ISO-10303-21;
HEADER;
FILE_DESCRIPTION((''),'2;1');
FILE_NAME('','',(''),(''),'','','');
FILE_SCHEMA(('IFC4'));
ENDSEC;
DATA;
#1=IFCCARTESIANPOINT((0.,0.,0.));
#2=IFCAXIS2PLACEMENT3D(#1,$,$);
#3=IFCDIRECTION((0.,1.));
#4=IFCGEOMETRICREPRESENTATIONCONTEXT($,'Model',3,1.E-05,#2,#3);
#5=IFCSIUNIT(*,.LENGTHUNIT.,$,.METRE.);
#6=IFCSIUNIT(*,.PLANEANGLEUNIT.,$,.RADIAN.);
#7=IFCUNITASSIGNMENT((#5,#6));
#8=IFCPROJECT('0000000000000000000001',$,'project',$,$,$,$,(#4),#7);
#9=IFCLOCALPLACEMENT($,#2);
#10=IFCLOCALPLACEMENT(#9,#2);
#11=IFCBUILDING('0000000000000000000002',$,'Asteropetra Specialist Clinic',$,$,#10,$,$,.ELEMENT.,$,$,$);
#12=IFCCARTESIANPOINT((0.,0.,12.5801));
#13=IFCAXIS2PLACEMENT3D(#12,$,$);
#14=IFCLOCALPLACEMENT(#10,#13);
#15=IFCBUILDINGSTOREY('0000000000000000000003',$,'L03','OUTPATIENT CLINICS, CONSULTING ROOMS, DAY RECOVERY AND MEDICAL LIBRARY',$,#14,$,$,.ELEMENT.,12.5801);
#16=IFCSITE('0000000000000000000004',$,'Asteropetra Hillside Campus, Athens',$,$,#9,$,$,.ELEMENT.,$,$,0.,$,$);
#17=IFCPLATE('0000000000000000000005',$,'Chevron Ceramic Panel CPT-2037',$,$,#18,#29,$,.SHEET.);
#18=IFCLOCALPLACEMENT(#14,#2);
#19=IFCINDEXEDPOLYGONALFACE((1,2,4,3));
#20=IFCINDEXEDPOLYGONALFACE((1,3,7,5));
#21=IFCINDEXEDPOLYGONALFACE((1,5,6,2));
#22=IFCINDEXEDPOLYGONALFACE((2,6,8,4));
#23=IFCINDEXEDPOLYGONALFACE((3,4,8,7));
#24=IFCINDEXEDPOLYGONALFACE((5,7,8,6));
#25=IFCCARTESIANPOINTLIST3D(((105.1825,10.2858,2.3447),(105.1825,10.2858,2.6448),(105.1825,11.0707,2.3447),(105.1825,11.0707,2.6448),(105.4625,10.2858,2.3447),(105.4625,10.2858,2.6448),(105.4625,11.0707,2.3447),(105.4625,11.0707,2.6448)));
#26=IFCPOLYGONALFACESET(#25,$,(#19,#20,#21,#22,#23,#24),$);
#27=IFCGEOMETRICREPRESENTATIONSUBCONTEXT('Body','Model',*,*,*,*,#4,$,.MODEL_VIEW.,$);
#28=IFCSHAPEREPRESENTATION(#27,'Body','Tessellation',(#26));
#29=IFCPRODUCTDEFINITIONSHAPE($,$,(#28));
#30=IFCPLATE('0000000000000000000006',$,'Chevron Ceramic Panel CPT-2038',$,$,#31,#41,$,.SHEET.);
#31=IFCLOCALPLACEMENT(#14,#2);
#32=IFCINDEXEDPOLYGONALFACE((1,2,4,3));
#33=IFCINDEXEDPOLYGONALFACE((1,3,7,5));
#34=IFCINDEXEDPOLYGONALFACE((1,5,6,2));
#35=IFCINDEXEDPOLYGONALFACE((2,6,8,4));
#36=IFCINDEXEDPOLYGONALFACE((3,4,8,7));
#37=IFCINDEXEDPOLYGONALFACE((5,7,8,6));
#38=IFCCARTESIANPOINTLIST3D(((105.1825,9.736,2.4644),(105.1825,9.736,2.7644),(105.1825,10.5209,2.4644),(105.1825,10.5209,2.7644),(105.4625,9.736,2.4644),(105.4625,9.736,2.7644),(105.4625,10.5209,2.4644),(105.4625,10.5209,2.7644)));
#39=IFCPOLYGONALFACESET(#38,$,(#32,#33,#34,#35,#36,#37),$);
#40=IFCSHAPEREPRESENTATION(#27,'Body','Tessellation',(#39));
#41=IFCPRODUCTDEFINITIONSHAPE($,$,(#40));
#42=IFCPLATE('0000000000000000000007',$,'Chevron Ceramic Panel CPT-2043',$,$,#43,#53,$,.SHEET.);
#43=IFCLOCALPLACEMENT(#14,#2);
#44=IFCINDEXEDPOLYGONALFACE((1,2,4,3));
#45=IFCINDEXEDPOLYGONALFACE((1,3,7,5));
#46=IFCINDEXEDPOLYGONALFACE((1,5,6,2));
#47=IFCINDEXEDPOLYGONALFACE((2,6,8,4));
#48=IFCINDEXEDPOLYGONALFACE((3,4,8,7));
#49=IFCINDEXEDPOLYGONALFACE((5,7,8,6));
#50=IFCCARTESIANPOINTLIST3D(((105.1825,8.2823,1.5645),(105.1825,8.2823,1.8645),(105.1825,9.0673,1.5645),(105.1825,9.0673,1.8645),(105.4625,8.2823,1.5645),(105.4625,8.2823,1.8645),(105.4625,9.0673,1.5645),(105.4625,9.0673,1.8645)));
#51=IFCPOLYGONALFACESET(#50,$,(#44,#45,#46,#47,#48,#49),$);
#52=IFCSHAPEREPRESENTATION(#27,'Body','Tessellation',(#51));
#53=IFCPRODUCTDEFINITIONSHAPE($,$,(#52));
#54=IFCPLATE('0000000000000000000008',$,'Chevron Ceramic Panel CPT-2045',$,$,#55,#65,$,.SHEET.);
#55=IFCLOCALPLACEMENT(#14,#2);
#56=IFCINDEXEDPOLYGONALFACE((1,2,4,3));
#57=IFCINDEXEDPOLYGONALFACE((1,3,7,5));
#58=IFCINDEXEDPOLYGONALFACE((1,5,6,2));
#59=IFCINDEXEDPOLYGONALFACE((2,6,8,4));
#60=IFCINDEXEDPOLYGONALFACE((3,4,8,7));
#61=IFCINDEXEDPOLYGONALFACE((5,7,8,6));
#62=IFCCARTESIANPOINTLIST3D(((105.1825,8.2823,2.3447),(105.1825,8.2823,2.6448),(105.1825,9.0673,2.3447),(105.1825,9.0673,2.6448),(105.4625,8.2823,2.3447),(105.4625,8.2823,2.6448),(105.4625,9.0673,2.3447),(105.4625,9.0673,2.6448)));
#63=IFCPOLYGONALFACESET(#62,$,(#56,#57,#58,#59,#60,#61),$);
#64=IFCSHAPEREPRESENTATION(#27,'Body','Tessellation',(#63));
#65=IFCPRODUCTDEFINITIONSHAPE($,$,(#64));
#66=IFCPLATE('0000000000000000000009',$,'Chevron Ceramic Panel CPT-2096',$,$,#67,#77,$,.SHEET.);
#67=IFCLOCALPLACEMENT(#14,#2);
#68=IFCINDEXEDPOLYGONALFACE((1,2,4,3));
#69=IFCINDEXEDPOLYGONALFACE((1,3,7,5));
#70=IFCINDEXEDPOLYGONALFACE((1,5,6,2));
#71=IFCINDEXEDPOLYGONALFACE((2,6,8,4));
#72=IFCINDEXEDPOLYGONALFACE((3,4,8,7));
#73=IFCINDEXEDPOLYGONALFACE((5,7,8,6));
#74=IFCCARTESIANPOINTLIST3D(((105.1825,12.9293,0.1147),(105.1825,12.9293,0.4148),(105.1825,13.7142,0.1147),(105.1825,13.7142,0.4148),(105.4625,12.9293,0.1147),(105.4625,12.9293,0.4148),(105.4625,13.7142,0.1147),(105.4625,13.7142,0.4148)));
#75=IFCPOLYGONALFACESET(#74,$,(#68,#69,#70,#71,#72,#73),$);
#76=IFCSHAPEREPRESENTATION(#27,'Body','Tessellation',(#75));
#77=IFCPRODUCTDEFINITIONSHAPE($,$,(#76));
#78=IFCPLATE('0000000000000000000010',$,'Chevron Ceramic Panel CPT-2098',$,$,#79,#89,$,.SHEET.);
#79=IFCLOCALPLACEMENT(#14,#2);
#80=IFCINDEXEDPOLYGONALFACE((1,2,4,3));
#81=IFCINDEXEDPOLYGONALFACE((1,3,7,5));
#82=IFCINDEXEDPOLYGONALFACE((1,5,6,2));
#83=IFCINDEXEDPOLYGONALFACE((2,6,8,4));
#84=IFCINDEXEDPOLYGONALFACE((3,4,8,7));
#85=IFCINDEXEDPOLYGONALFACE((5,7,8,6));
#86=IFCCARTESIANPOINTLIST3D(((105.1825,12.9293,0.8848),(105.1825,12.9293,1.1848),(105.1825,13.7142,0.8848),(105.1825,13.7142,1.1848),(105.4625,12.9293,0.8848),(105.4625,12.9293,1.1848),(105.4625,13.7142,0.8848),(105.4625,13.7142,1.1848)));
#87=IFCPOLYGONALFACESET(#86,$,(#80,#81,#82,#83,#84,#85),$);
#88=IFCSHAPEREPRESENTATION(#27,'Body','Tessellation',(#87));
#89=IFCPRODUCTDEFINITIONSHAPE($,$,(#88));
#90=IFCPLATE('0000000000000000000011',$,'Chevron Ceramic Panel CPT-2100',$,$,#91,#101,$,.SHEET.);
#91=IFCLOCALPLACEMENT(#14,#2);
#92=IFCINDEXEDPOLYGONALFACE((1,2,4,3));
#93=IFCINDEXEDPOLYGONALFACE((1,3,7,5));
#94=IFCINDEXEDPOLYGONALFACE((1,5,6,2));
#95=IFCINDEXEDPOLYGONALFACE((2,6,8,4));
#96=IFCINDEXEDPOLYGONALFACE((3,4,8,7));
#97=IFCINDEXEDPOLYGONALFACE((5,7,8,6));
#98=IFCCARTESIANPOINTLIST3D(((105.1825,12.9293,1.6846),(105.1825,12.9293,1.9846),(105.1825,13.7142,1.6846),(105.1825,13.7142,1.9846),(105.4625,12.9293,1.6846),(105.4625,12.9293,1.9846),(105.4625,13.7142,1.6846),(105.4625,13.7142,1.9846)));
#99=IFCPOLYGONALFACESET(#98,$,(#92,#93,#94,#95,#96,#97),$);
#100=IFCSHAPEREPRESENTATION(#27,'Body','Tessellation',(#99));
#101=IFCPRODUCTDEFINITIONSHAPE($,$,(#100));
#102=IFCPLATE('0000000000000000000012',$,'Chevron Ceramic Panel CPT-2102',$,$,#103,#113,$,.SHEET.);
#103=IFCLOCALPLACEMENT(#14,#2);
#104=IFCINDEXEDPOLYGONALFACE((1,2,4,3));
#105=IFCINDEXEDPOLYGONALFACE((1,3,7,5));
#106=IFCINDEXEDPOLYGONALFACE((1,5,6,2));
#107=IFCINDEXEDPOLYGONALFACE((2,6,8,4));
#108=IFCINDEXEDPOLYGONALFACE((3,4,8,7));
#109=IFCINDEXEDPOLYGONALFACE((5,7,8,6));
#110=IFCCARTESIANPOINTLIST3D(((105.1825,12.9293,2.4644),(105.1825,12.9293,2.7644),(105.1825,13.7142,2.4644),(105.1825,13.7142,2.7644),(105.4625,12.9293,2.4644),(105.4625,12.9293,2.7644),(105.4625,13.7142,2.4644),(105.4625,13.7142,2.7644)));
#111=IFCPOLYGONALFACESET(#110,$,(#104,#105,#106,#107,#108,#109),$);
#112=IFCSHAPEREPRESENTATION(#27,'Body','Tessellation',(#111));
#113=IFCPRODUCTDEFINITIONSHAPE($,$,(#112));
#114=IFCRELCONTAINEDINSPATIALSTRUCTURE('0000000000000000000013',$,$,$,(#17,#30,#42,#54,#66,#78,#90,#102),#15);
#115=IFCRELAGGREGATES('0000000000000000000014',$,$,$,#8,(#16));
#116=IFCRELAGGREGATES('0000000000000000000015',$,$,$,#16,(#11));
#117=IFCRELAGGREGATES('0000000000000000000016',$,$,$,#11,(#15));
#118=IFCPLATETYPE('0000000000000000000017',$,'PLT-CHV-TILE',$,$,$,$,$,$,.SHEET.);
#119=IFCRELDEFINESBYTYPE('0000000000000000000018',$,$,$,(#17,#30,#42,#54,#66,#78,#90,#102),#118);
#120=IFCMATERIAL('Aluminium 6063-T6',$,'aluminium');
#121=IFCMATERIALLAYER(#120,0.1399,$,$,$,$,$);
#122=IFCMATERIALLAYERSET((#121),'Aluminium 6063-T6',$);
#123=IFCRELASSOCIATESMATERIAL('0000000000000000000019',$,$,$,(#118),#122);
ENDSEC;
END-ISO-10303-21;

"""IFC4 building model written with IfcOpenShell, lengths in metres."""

from ifc_helpers import new_model, si_unit, direction, frame, origin, origin_2d, place, context, subcontext, project, spatial, rectangle, extrude, material, layer, layer_set, type_object, element, save


model = new_model("IFC4")

# Units and contexts
model_context = context("Model", 3, precision=1e-05, world=origin(), true_north=direction((0.0, 1.0)))
body_context = subcontext(model_context, "Body", "Model", "MODEL_VIEW")
ifc_project = project(units=[si_unit("LENGTHUNIT", "METRE"), si_unit("PLANEANGLEUNIT", "RADIAN")], contexts=[model_context])

# Site, building, storey
site_placement = place(None, origin())
site = spatial("IfcSite", under=ifc_project, at=site_placement, Name="Asteropetra Hillside Campus, Athens", CompositionType="ELEMENT", RefElevation=0.0)
building_placement = place(site_placement, origin())
building = spatial("IfcBuilding", under=site, at=building_placement, Name="Asteropetra Specialist Clinic", CompositionType="ELEMENT")
storey_placement = place(building_placement, frame((0.0, 0.0, 12.5801)))
storey = spatial("IfcBuildingStorey", under=building, at=storey_placement, Name="L03", Description="OUTPATIENT CLINICS, CONSULTING ROOMS, DAY RECOVERY AND MEDICAL LIBRARY", CompositionType="ELEMENT", Elevation=12.5801)

# Plates
ifc_material_1 = material(Name="Aluminium 6063-T6", Category="aluminium")
ifc_layer = layer(ifc_material_1, 0.1399)
ifc_layer_set = layer_set([ifc_layer], Name="Aluminium 6063-T6")
plate_type_1 = type_object("IfcPlateType", Name="PLT-CHV-TILE", PredefinedType="SHEET", material=ifc_layer_set)
for number, where, z_axis, x_axis, name in (
    (1, (105.3225, 10.6782, 2.3447), (0.0, 0.0, 1.0), (1.0, 0.0, 0.0), "Chevron Ceramic Panel CPT-2037"),
    (2, (105.3225, 10.1284, 2.4644), (0.0, 0.0, 1.0), (1.0, 0.0, 0.0), "Chevron Ceramic Panel CPT-2038"),
    (3, (105.3225, 8.6748, 1.5645), (0.0, 0.0, 1.0), (1.0, 0.0, 0.0), "Chevron Ceramic Panel CPT-2043"),
    (4, (105.3225, 8.6748, 2.3447), (0.0, 0.0, 1.0), (1.0, 0.0, 0.0), "Chevron Ceramic Panel CPT-2045"),
    (5, (105.3225, 13.3218, 0.1147), (0.0, 0.0, 1.0), (1.0, 0.0, 0.0), "Chevron Ceramic Panel CPT-2096"),
    (6, (105.3225, 13.3218, 0.8848), (0.0, 0.0, 1.0), (1.0, 0.0, 0.0), "Chevron Ceramic Panel CPT-2098"),
    (7, (105.3225, 13.3218, 1.6846), (0.0, 0.0, 1.0), (1.0, 0.0, 0.0), "Chevron Ceramic Panel CPT-2100"),
    (8, (105.3225, 13.3218, 2.4644), (0.0, 0.0, 1.0), (1.0, 0.0, 0.0), "Chevron Ceramic Panel CPT-2102"),
):
    element("IfcPlate", number, at=place(storey_placement, frame(where, z_axis=z_axis, x_axis=x_axis)), inside=storey, type_object=plate_type_1, Name=name, PredefinedType="SHEET", context=body_context, shape_type="SweptSolid", body=[
        extrude(rectangle(XDim=0.28, YDim=0.7849, at=origin_2d()), origin(), (0.0, 0.0, 1.0), 0.3),
    ])

save(model, "model.ifc")
